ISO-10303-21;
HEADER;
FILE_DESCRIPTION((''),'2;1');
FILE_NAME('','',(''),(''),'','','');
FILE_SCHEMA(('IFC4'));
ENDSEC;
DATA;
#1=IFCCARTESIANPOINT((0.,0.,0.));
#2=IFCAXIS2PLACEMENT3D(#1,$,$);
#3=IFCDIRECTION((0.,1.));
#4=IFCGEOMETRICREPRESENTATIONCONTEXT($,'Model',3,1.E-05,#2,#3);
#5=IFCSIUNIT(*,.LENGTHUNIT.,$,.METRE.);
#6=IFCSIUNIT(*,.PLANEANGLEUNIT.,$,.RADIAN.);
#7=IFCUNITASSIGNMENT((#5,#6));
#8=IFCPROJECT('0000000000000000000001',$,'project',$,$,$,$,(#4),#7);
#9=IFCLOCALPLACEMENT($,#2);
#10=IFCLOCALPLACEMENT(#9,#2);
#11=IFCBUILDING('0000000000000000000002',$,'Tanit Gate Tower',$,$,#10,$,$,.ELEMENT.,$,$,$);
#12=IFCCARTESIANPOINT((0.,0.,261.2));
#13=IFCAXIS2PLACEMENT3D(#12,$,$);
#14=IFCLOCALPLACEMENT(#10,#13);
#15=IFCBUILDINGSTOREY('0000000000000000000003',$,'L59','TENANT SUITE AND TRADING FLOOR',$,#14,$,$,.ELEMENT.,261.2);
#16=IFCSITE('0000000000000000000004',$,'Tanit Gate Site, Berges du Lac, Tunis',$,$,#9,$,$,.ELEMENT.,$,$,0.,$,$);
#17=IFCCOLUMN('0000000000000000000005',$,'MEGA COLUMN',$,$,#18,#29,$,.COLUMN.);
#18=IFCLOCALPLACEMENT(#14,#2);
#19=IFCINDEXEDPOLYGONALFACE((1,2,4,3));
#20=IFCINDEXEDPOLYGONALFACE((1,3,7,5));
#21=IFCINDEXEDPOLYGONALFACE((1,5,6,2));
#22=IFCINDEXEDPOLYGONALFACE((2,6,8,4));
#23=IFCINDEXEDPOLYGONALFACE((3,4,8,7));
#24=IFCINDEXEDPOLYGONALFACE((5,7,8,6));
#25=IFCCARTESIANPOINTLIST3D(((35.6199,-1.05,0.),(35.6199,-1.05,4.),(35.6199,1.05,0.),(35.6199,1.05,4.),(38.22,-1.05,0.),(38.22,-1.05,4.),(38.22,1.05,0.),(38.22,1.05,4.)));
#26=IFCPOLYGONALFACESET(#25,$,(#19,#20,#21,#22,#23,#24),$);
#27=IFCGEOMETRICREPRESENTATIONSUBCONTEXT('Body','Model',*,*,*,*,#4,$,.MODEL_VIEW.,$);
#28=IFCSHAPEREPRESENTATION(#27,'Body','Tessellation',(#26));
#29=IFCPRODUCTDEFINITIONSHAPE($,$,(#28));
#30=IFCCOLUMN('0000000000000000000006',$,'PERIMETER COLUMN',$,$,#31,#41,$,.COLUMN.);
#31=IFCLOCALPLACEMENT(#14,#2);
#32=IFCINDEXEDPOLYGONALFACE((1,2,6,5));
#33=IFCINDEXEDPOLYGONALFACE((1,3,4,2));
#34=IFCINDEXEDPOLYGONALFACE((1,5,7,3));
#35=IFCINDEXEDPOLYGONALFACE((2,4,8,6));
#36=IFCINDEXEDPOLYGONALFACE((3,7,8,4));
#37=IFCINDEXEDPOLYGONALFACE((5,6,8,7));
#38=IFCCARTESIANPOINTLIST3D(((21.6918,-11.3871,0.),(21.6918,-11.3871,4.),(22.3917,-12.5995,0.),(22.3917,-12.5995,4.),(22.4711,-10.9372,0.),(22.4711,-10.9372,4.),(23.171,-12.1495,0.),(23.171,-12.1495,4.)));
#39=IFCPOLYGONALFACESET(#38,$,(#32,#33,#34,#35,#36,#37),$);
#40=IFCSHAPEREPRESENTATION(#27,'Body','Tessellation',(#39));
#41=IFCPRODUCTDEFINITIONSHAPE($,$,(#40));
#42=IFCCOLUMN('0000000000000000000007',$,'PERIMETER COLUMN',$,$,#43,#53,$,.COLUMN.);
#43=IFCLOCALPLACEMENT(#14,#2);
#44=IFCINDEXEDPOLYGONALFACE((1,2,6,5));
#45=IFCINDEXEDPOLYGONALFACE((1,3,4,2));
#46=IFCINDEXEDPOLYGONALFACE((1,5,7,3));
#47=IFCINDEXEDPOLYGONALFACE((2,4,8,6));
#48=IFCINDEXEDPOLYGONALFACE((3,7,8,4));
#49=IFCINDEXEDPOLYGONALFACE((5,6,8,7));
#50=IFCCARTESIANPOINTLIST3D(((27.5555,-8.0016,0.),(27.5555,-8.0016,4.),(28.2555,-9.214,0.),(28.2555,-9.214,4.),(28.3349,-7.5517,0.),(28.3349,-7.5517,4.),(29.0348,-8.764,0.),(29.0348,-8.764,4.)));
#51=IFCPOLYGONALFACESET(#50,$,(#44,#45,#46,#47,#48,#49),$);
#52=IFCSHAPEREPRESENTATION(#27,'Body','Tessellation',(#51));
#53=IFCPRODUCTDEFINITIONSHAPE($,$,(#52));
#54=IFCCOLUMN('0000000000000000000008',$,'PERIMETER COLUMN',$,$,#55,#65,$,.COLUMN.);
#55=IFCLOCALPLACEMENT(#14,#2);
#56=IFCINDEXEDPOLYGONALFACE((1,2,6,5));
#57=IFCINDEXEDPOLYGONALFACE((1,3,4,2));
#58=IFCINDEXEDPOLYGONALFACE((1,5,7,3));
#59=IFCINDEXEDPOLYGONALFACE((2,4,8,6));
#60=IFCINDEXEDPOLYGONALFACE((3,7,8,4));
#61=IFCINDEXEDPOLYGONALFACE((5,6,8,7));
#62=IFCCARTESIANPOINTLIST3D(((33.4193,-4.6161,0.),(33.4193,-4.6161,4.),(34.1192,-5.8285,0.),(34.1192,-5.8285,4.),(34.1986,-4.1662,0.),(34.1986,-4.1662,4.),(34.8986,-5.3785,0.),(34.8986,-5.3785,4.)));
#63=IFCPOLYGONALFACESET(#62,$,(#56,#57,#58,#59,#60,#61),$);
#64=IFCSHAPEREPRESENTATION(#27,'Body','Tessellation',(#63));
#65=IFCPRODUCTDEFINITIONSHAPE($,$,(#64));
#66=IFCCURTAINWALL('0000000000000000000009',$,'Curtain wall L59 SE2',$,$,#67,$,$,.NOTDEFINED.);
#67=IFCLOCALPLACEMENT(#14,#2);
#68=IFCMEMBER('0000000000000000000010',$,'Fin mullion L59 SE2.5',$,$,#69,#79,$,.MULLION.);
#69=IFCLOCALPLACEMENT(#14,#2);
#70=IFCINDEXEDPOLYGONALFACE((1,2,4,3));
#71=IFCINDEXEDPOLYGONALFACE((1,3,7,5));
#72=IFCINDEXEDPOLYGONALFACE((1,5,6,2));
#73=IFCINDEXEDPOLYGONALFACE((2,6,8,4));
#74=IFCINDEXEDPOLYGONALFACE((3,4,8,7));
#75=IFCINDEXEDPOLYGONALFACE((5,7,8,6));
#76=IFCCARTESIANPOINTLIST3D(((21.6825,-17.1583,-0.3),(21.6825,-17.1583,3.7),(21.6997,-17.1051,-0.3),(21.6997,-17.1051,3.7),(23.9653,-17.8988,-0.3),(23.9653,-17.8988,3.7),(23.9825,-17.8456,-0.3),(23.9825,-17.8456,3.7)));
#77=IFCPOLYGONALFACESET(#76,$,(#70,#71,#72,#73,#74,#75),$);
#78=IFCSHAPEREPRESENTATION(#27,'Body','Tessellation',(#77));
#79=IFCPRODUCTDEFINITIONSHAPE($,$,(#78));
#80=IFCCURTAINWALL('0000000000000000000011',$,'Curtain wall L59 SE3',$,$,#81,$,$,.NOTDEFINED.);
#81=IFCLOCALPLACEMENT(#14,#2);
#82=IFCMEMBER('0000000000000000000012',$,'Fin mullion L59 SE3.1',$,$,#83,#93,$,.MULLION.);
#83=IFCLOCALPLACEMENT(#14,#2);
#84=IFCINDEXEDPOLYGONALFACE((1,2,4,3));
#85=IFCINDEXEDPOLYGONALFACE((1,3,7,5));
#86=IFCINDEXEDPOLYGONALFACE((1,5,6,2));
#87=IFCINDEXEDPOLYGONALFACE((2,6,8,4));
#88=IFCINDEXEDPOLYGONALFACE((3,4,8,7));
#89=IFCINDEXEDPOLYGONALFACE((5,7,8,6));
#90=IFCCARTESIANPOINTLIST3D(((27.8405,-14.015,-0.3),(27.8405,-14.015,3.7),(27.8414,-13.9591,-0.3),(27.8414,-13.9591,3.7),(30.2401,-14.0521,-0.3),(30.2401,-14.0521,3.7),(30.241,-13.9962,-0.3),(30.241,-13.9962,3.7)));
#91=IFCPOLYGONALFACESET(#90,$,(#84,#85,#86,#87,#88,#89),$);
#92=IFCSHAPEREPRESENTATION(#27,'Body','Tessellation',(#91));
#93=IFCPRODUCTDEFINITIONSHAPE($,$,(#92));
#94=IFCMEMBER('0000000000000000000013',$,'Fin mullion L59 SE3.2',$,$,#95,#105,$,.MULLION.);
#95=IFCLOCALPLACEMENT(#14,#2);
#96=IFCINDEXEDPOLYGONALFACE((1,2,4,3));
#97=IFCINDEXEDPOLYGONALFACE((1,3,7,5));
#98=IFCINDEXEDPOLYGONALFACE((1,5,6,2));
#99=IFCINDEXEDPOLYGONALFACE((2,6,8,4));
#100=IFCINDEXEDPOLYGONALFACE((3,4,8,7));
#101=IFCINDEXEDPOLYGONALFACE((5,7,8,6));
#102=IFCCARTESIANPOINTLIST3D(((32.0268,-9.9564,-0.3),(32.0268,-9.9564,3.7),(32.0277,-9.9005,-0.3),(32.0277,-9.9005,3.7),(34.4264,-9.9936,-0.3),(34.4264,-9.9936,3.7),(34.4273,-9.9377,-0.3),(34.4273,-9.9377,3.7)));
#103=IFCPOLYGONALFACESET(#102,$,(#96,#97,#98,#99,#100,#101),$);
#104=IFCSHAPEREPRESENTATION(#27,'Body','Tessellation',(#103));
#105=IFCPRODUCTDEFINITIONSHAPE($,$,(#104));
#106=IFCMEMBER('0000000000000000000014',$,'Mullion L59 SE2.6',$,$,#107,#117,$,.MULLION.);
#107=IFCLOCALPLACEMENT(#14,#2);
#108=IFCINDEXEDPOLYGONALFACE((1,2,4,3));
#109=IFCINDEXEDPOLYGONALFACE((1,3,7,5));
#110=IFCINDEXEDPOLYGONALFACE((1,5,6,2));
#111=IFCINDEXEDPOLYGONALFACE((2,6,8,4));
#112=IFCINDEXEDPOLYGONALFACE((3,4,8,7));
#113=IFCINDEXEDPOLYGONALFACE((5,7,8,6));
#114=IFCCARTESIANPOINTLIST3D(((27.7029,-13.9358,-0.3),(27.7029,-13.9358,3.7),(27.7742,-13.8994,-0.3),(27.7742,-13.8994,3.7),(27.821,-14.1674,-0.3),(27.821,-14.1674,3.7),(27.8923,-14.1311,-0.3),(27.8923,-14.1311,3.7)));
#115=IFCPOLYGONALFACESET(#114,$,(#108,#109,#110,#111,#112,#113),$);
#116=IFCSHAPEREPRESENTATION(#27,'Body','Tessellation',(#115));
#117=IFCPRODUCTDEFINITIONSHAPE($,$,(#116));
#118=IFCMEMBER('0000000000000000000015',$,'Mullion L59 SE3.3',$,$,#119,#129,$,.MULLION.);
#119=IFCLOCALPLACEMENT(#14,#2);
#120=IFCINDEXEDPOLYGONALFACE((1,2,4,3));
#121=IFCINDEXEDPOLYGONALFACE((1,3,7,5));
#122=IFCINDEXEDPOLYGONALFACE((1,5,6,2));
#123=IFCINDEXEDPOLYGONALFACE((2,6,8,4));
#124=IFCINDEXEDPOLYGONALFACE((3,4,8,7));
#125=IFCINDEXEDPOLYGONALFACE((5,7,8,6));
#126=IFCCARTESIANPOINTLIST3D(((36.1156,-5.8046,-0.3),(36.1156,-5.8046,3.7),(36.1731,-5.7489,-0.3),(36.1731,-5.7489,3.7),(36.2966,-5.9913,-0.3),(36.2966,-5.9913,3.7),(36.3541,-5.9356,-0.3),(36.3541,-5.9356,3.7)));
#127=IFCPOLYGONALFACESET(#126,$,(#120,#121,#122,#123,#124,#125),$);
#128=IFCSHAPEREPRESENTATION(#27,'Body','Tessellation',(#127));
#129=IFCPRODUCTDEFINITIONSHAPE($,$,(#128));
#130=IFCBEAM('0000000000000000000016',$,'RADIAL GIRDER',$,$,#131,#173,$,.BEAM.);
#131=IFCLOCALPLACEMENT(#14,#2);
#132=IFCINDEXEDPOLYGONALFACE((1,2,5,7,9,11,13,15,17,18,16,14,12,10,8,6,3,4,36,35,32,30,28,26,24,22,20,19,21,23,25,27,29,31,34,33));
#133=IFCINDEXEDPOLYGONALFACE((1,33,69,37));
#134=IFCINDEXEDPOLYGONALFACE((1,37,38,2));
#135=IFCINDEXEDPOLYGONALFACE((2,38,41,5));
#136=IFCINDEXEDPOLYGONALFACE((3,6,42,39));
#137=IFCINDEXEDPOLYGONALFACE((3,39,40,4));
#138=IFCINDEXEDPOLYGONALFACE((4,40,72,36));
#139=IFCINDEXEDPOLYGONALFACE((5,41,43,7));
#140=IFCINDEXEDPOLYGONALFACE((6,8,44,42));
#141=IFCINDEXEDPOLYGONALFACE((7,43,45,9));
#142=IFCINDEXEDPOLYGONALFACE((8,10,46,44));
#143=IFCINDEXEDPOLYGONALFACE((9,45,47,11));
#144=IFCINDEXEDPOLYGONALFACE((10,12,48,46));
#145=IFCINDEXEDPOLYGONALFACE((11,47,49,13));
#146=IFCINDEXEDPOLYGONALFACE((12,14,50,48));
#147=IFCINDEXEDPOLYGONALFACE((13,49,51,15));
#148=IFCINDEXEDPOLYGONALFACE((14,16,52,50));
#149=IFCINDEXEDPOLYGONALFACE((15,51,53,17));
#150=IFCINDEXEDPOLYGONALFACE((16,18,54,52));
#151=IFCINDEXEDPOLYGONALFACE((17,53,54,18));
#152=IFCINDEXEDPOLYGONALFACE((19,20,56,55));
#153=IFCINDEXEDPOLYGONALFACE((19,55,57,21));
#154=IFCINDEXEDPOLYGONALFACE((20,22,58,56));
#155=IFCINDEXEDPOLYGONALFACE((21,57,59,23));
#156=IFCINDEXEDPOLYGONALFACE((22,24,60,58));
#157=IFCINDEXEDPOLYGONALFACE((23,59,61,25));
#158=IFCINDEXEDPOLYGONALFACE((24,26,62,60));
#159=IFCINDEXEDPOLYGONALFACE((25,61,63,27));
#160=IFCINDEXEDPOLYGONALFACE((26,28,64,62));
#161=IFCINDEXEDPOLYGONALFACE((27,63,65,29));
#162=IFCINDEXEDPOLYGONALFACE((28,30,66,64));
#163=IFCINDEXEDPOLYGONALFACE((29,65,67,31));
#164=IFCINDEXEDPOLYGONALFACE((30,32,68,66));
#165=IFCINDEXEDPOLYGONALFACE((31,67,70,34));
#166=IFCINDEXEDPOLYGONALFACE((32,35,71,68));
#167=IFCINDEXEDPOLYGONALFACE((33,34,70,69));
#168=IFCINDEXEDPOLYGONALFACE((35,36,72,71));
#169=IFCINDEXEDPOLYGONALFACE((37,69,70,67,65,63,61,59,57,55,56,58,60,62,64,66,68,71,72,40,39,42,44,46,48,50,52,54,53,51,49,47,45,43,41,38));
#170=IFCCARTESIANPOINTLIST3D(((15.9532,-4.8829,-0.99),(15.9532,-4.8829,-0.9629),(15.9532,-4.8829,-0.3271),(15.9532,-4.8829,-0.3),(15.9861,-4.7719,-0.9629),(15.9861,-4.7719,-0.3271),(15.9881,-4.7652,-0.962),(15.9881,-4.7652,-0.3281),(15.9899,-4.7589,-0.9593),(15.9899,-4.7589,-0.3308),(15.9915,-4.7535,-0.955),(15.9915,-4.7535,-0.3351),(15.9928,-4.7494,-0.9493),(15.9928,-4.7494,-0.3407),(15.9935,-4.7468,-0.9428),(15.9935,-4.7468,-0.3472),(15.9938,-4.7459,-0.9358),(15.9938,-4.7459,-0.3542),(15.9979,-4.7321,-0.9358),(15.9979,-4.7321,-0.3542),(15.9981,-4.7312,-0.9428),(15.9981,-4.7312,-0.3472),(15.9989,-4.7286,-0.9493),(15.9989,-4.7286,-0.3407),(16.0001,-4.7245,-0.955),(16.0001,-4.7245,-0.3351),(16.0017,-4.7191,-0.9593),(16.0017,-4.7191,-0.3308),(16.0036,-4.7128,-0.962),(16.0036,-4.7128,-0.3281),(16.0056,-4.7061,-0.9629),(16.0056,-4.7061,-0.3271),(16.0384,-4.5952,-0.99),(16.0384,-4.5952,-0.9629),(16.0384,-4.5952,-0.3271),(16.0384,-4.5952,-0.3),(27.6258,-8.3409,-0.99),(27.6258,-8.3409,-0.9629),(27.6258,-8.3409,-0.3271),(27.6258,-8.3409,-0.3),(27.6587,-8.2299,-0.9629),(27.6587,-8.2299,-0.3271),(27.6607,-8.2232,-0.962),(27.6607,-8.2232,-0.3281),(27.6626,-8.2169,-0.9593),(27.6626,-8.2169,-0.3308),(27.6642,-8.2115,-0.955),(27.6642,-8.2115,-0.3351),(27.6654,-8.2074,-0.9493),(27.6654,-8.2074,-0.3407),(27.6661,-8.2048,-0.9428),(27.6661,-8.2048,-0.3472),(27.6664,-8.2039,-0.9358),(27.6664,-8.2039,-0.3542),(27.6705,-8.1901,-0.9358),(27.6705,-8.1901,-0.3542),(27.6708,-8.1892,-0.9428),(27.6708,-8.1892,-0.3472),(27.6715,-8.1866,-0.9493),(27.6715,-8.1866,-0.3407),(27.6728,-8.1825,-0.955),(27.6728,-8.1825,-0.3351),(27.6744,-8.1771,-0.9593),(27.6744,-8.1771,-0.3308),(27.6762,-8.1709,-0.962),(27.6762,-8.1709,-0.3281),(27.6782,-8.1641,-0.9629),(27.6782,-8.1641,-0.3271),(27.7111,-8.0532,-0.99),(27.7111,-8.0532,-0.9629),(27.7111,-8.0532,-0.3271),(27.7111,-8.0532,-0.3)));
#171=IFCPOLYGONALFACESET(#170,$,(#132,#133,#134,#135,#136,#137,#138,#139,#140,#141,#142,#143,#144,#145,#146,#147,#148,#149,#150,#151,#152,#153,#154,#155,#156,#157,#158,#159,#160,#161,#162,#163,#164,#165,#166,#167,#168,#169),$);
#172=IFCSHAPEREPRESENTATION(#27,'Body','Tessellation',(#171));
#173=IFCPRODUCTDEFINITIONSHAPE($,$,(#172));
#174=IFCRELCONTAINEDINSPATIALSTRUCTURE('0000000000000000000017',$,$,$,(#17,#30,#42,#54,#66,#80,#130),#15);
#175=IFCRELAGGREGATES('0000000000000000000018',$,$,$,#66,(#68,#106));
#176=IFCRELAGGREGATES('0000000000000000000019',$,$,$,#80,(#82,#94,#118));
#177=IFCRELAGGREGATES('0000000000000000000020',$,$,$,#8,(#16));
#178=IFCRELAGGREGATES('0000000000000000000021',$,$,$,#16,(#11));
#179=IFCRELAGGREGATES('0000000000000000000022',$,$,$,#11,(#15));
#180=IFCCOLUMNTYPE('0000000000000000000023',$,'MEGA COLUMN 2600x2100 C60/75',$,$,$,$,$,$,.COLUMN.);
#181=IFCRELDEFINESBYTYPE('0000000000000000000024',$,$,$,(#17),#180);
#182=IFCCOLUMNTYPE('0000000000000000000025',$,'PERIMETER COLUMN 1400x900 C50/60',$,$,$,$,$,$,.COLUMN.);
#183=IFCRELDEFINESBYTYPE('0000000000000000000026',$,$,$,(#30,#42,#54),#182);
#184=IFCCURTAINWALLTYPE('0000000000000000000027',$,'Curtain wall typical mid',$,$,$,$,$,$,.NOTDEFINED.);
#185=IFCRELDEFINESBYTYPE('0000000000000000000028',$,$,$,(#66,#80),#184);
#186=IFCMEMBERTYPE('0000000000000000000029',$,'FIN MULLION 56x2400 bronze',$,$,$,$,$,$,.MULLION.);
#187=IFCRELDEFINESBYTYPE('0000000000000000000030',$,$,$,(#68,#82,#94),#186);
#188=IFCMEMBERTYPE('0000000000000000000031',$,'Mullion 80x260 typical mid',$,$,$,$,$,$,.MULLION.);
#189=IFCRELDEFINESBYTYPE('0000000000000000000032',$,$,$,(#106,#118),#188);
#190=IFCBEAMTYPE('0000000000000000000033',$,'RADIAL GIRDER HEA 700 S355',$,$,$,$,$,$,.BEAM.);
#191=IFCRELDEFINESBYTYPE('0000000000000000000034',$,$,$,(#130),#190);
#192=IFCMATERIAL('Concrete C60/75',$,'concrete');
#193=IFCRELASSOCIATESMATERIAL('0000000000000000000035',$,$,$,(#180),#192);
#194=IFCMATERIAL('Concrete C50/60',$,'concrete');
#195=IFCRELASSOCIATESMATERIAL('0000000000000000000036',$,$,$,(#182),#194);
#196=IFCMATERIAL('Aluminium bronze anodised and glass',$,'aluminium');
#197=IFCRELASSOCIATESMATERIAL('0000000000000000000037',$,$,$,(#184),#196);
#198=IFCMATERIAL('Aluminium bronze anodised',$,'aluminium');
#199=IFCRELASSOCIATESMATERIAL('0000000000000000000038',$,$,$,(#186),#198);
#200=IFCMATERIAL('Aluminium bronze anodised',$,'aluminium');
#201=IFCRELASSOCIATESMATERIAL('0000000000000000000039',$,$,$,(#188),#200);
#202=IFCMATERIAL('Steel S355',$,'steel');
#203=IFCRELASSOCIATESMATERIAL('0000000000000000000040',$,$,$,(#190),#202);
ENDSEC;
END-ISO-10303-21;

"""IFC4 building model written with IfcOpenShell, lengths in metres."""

from ifc_helpers import new_model, si_unit, direction, frame, origin, origin_2d, place, context, subcontext, project, spatial, rectangle, i_section, extrude, material, material_profile, profile_set, type_object, element, aggregate, save


model = new_model("IFC4")

# Units and contexts
model_context = context("Model", 3, precision=1e-05, world=origin(), true_north=direction((0.0, 1.0)))
body_context = subcontext(model_context, "Body", "Model", "MODEL_VIEW")
ifc_project = project(units=[si_unit("LENGTHUNIT", "METRE"), si_unit("PLANEANGLEUNIT", "RADIAN")], contexts=[model_context])

# Site, building, storey
site_placement = place(None, origin())
site = spatial("IfcSite", under=ifc_project, at=site_placement, Name="Tanit Gate Site, Berges du Lac, Tunis", CompositionType="ELEMENT", RefElevation=0.0)
building_placement = place(site_placement, origin())
building = spatial("IfcBuilding", under=site, at=building_placement, Name="Tanit Gate Tower", CompositionType="ELEMENT")
storey_placement = place(building_placement, frame((0.0, 0.0, 261.2)))
storey = spatial("IfcBuildingStorey", under=building, at=storey_placement, Name="L59", Description="TENANT SUITE AND TRADING FLOOR", CompositionType="ELEMENT", Elevation=261.2)

# Columns
ifc_material_1 = material(Name="Concrete C60/75", Category="concrete")
ifc_material_profile_1 = material_profile(ifc_material_1, rectangle(XDim=2.6001, YDim=2.1001, at=origin_2d()), Name="RC 2600x2100")
ifc_profile_set_1 = profile_set([ifc_material_profile_1], Name="Concrete C60/75")
column_type_1 = type_object("IfcColumnType", Name="MEGA COLUMN 2600x2100 C60/75", PredefinedType="COLUMN", material=ifc_profile_set_1)
column_placement = place(storey_placement, frame((36.9199, 0.0, 0.0), z_axis=(0.0, 0.0, 1.0), x_axis=(1.0, 0.0, 0.0)))
element("IfcColumn", 1, at=column_placement, inside=storey, type_object=column_type_1, Name="MEGA COLUMN", PredefinedType="COLUMN", context=body_context, shape_type="SweptSolid", body=[
    extrude(rectangle(XDim=2.6001, YDim=2.1001, at=origin_2d()), origin(), (0.0, 0.0, 1.0), 4.0),
])
ifc_material_2 = material(Name="Concrete C50/60", Category="concrete")
ifc_material_profile_2 = material_profile(ifc_material_2, rectangle(XDim=1.3999, YDim=0.8999, at=origin_2d()), Name="RC 1400x900")
ifc_profile_set_2 = profile_set([ifc_material_profile_2], Name="Concrete C50/60")
column_type_2 = type_object("IfcColumnType", Name="PERIMETER COLUMN 1400x900 C50/60", PredefinedType="COLUMN", material=ifc_profile_set_2)
for number, where, z_axis, x_axis, name in (
    (2, (22.4314, -11.7683, 0.0), (0.0, 0.0, 1.0), (0.5, -0.866025, 0.0), "PERIMETER COLUMN"),
    (3, (28.2952, -8.3828, 0.0), (0.0, 0.0, 1.0), (0.5, -0.866025, 0.0), "PERIMETER COLUMN"),
    (4, (34.1589, -4.9973, 0.0), (0.0, 0.0, 1.0), (0.5, -0.866025, 0.0), "PERIMETER COLUMN"),
):
    element("IfcColumn", number, at=place(storey_placement, frame(where, z_axis=z_axis, x_axis=x_axis)), inside=storey, type_object=column_type_2, Name=name, PredefinedType="COLUMN", context=body_context, shape_type="SweptSolid", body=[
        extrude(rectangle(XDim=1.3999, YDim=0.8999, at=origin_2d()), origin(), (0.0, 0.0, 1.0), 4.0),
    ])

# Curtain wall, member
ifc_material_3 = material(Name="Aluminium bronze anodised and glass", Category="aluminium")
curtain_wall_type = type_object("IfcCurtainWallType", Name="Curtain wall typical mid", PredefinedType="NOTDEFINED", material=ifc_material_3)
curtain_wall_1_placement = place(storey_placement, origin())
curtain_wall_1 = element("IfcCurtainWall", 5, at=curtain_wall_1_placement, inside=storey, type_object=curtain_wall_type, Name="Curtain wall L59 SE2", PredefinedType="NOTDEFINED")
ifc_material_4 = material(Name="Aluminium bronze anodised", Category="aluminium")
ifc_material_profile_3 = material_profile(ifc_material_4, rectangle(XDim=2.3999, YDim=0.0559, at=origin_2d()), Name="56x2400 bronze fin mullion")
ifc_profile_set_3 = profile_set([ifc_material_profile_3], Name="Aluminium bronze anodised")
member_type_1 = type_object("IfcMemberType", Name="FIN MULLION 56x2400 bronze", PredefinedType="MULLION", material=ifc_profile_set_3)
member_1_placement = place(storey_placement, frame((22.8325, -17.502, -0.3), z_axis=(0.0, 0.0, 1.0), x_axis=(-0.951202, 0.308568, 0.0)))
member_1 = element("IfcMember", 6, at=member_1_placement, type_object=member_type_1, Name="Fin mullion L59 SE2.5", PredefinedType="MULLION", context=body_context, shape_type="SweptSolid", body=[
    extrude(rectangle(XDim=2.3999, YDim=0.0559, at=origin_2d()), origin(), (0.0, 0.0, 1.0), 4.0),
])

# Curtain wall, members
curtain_wall_2_placement = place(storey_placement, origin())
curtain_wall_2 = element("IfcCurtainWall", 7, at=curtain_wall_2_placement, inside=storey, type_object=curtain_wall_type, Name="Curtain wall L59 SE3", PredefinedType="NOTDEFINED")
member_2_placement = place(storey_placement, frame((29.0408, -14.0056, -0.3), z_axis=(0.0, 0.0, 1.0), x_axis=(-0.99988, 0.015484, 0.0)))
member_2 = element("IfcMember", 8, at=member_2_placement, type_object=member_type_1, Name="Fin mullion L59 SE3.1", PredefinedType="MULLION", context=body_context, shape_type="SweptSolid", body=[
    extrude(rectangle(XDim=2.3999, YDim=0.0559, at=origin_2d()), origin(), (0.0, 0.0, 1.0), 4.0),
])
member_3_placement = place(storey_placement, frame((33.2271, -9.947, -0.3), z_axis=(0.0, 0.0, 1.0), x_axis=(-0.99988, 0.015484, 0.0)))
member_3 = element("IfcMember", 9, at=member_3_placement, type_object=member_type_1, Name="Fin mullion L59 SE3.2", PredefinedType="MULLION", context=body_context, shape_type="SweptSolid", body=[
    extrude(rectangle(XDim=2.3999, YDim=0.0559, at=origin_2d()), origin(), (0.0, 0.0, 1.0), 4.0),
])

# Members
ifc_material_5 = material(Name="Aluminium bronze anodised", Category="aluminium")
ifc_material_profile_4 = material_profile(ifc_material_5, rectangle(XDim=0.26, YDim=0.0801, at=origin_2d()), Name="80x260 bronze mullion")
ifc_profile_set_4 = profile_set([ifc_material_profile_4], Name="Aluminium bronze anodised")
member_type_2 = type_object("IfcMemberType", Name="Mullion 80x260 typical mid", PredefinedType="MULLION", material=ifc_profile_set_4)
member_4_placement = place(storey_placement, frame((27.7976, -14.0334, -0.3), z_axis=(0.0, 0.0, 1.0), x_axis=(-0.454411, 0.890792, 0.0)))
member_4 = element("IfcMember", 10, at=member_4_placement, type_object=member_type_2, Name="Mullion L59 SE2.6", PredefinedType="MULLION", context=body_context, shape_type="SweptSolid", body=[
    extrude(rectangle(XDim=0.26, YDim=0.0801, at=origin_2d()), origin(), (0.0, 0.0, 1.0), 4.0),
])
member_5_placement = place(storey_placement, frame((36.2349, -5.8701, -0.3), z_axis=(0.0, 0.0, 1.0), x_axis=(-0.696073, 0.717971, 0.0)))
member_5 = element("IfcMember", 11, at=member_5_placement, type_object=member_type_2, Name="Mullion L59 SE3.3", PredefinedType="MULLION", context=body_context, shape_type="SweptSolid", body=[
    extrude(rectangle(XDim=0.26, YDim=0.0801, at=origin_2d()), origin(), (0.0, 0.0, 1.0), 4.0),
])

# Beam
ifc_material_6 = material(Name="Steel S355", Category="steel")
ifc_material_profile_5 = material_profile(ifc_material_6, i_section(OverallWidth=0.3, OverallDepth=0.6899, WebThickness=0.0144, FlangeThickness=0.0271, FilletRadius=0.0271, at=origin_2d()), Name="HEA 700")
ifc_profile_set_5 = profile_set([ifc_material_profile_5], Name="Steel S355")
beam_type_1 = type_object("IfcBeamType", Name="RADIAL GIRDER HEA 700 S355", PredefinedType="BEAM", material=ifc_profile_set_5)
beam_1_placement = place(storey_placement, frame((27.6685, -8.197, -0.645), z_axis=(-0.95881, 0.284047, 0.0), x_axis=(-0.284047, -0.95881, 0.0)))
element("IfcBeam", 12, at=beam_1_placement, inside=storey, type_object=beam_type_1, Name="RADIAL GIRDER", PredefinedType="BEAM", context=body_context, shape_type="SweptSolid", body=[
    extrude(i_section(OverallWidth=0.3, OverallDepth=0.6899, WebThickness=0.0144, FlangeThickness=0.0271, FilletRadius=0.0271, at=origin_2d()), origin(), (0.0, 0.0, 1.0), 12.1741),
])

aggregate(curtain_wall_1, [member_1, member_4])
aggregate(curtain_wall_2, [member_2, member_3, member_5])

save(model, "model.ifc")
